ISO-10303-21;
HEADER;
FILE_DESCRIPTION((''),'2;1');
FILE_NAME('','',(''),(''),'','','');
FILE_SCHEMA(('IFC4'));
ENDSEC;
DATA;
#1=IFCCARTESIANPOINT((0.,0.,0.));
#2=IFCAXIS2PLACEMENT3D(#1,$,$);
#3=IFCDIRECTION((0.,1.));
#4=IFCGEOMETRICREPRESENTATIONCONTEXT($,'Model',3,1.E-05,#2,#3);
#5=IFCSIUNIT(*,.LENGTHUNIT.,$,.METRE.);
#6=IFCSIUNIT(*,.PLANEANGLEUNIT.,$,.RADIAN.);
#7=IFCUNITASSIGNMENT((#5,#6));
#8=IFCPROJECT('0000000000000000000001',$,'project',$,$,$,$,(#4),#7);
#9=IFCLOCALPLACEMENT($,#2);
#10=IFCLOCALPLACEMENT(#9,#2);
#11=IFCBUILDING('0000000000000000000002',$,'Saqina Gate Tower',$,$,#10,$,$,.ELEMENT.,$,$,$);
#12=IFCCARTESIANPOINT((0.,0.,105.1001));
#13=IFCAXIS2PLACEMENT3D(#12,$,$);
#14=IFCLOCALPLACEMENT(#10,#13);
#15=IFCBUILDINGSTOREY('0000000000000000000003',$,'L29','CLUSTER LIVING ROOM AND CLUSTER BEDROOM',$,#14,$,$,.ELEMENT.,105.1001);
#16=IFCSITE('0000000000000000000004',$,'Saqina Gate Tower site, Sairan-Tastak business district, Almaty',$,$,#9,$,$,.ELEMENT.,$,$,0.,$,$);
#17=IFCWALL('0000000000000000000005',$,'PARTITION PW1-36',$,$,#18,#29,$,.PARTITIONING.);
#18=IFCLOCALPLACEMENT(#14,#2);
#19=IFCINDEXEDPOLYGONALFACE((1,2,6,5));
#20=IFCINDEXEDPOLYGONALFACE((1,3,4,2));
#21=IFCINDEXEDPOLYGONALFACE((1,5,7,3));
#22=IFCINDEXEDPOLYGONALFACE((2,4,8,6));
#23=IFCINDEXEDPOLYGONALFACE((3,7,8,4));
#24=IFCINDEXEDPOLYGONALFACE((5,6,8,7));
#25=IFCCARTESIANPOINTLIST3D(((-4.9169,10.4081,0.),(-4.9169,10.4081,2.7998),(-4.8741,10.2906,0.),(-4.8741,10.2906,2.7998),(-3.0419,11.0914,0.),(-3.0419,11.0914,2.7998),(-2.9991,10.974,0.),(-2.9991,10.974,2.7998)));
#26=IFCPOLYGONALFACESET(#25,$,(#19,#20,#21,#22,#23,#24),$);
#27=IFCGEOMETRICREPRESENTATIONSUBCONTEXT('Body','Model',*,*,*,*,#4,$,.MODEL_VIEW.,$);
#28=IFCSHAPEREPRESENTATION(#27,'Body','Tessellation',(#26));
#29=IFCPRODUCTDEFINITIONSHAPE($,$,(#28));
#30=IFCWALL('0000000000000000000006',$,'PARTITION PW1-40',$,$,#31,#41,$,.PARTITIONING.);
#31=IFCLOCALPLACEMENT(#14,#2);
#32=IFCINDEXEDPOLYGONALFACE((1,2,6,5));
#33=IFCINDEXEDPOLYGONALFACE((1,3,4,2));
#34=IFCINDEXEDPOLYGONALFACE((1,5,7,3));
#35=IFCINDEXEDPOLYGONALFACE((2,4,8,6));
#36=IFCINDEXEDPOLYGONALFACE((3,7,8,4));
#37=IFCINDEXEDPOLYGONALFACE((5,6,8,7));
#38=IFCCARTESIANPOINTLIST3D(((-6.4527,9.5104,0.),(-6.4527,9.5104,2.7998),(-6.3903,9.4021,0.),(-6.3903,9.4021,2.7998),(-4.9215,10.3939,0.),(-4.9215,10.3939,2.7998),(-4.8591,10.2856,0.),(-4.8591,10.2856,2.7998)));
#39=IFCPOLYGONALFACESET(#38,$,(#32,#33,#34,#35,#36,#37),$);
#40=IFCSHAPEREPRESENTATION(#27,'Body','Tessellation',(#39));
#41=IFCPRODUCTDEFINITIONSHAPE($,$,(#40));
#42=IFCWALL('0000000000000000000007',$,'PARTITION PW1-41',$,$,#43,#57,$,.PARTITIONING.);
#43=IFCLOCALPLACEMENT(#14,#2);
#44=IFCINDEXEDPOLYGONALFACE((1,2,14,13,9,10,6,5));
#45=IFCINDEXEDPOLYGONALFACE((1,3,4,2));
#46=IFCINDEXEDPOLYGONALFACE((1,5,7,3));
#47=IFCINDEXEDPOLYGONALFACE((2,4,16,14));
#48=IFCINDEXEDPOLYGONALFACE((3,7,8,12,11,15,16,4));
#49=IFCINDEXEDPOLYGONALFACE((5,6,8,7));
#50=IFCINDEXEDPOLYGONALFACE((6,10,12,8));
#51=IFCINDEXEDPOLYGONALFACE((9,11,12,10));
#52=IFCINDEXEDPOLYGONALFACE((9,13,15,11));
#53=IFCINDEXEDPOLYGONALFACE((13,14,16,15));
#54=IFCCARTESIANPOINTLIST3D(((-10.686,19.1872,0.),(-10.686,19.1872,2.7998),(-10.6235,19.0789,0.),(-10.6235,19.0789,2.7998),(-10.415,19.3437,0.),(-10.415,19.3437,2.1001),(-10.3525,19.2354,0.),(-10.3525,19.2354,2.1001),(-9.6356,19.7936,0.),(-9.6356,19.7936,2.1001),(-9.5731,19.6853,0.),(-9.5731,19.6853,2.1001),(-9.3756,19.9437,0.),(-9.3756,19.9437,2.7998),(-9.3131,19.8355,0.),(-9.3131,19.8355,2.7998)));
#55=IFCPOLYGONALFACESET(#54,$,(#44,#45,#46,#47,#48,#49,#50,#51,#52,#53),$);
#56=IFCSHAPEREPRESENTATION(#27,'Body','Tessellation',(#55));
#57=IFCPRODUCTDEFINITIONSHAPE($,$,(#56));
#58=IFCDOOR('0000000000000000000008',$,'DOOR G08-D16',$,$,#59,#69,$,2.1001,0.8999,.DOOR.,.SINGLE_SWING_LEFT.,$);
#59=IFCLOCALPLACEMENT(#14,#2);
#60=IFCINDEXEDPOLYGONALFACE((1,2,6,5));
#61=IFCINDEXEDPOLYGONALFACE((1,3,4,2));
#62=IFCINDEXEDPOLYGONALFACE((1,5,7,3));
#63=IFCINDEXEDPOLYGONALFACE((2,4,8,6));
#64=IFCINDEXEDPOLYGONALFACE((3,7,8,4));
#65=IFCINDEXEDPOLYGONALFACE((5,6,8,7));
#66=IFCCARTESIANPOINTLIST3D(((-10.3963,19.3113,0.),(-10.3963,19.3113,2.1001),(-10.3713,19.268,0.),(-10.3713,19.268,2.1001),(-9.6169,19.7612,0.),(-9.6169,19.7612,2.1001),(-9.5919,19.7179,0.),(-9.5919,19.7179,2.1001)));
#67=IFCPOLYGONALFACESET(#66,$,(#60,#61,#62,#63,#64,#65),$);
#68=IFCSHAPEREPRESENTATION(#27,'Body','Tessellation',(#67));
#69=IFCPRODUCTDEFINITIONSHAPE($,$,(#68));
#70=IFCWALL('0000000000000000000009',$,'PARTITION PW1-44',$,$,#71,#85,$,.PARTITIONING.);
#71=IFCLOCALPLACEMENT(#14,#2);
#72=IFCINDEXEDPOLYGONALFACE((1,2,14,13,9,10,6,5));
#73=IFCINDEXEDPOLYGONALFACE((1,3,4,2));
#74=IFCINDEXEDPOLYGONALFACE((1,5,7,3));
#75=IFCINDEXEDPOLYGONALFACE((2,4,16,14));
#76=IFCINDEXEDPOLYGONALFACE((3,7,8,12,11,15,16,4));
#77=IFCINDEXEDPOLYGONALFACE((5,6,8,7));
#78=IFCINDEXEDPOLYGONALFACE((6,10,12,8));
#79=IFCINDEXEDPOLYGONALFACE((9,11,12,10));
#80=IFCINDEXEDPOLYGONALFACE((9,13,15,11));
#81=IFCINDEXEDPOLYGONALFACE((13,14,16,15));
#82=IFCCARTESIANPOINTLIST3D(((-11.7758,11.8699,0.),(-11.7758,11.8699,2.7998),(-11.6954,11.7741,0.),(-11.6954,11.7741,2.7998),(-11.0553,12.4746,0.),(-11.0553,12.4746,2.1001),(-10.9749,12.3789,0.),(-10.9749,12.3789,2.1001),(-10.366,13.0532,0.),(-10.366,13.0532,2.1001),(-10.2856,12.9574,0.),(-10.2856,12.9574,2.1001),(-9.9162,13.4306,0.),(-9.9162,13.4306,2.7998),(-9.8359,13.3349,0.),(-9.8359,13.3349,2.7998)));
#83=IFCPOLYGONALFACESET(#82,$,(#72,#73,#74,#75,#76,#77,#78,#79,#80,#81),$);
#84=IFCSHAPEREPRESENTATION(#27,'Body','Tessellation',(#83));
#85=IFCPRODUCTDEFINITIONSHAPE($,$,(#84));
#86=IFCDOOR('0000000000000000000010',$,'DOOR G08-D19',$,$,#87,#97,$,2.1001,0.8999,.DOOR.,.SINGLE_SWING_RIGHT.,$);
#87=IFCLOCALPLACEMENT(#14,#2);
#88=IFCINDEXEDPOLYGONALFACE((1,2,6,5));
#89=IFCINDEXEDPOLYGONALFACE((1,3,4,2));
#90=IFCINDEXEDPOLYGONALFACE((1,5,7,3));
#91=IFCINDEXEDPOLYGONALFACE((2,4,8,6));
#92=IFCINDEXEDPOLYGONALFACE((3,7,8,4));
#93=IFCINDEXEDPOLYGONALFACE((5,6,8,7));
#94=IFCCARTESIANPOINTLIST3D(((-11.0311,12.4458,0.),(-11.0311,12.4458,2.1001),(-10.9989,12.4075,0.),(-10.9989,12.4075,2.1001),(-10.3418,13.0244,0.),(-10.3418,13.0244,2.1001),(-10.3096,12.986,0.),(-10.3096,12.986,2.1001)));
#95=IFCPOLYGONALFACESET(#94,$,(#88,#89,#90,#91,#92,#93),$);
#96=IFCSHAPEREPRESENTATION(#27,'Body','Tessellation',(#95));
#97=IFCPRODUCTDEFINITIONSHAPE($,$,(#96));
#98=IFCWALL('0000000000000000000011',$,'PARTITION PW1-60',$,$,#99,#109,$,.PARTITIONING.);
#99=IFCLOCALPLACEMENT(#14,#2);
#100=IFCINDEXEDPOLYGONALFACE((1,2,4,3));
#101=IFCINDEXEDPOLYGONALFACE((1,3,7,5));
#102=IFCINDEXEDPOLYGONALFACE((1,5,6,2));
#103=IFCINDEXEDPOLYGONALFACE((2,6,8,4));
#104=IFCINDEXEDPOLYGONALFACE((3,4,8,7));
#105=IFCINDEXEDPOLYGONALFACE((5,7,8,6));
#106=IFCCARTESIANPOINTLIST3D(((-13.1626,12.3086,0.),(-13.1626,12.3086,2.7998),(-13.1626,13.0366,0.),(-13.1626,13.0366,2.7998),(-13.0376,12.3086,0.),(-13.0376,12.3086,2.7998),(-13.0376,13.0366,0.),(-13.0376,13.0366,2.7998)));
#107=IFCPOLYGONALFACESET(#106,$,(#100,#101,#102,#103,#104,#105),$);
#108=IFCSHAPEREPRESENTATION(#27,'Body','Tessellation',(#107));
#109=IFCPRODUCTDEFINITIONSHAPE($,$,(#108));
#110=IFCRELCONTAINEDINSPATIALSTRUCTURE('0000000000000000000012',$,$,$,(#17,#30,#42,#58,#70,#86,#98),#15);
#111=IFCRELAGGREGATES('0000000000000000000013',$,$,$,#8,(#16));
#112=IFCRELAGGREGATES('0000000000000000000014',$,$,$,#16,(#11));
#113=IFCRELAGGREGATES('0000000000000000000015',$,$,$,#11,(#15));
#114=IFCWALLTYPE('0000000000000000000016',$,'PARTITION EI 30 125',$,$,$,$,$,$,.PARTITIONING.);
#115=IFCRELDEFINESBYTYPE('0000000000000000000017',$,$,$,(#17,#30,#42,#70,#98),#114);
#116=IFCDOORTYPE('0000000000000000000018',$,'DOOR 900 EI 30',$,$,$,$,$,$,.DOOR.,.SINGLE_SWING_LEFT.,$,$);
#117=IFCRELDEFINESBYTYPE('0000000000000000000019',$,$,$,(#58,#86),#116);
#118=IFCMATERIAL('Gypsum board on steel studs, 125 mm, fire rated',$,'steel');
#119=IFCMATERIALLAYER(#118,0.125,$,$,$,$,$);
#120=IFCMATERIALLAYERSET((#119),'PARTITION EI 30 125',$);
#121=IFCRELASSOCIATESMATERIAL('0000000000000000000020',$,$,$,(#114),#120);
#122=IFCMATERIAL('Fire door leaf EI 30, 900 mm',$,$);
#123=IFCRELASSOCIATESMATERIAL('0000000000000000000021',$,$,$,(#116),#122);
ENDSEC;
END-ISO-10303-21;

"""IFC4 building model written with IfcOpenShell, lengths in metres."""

from ifc_helpers import new_model, si_unit, direction, frame, frame_2d, origin, place, context, subcontext, project, spatial, rectangle, extrude, material, layer, layer_set, type_object, element, fill, save


model = new_model("IFC4")

# Units and contexts
model_context = context("Model", 3, precision=1e-05, world=origin(), true_north=direction((0.0, 1.0)))
body_context = subcontext(model_context, "Body", "Model", "MODEL_VIEW")
ifc_project = project(units=[si_unit("LENGTHUNIT", "METRE"), si_unit("PLANEANGLEUNIT", "RADIAN")], contexts=[model_context])

# Site, building, storey
site_placement = place(None, origin())
site = spatial("IfcSite", under=ifc_project, at=site_placement, Name="Saqina Gate Tower site, Sairan-Tastak business district, Almaty", CompositionType="ELEMENT", RefElevation=0.0)
building_placement = place(site_placement, origin())
building = spatial("IfcBuilding", under=site, at=building_placement, Name="Saqina Gate Tower", CompositionType="ELEMENT")
storey_placement = place(building_placement, frame((0.0, 0.0, 105.1001)))
storey = spatial("IfcBuildingStorey", under=building, at=storey_placement, Name="L29", Description="CLUSTER LIVING ROOM AND CLUSTER BEDROOM", CompositionType="ELEMENT", Elevation=105.1001)

# Shared definitions
ifc_material_1 = material(Name="Gypsum board on steel studs, 125 mm, fire rated", Category="steel")
ifc_layer_1 = layer(ifc_material_1, 0.125)
ifc_layer_set_1 = layer_set([ifc_layer_1], Name="PARTITION EI 30 125")
wall_type_1 = type_object("IfcWallType", Name="PARTITION EI 30 125", PredefinedType="PARTITIONING", material=ifc_layer_set_1)

# Walls
wall_1_placement = place(storey_placement, frame((-4.8955, 10.3494, 0.0), z_axis=(0.0, 0.0, 1.0), x_axis=(0.939547, 0.342421, 0.0)))
element("IfcWall", 1, at=wall_1_placement, inside=storey, type_object=wall_type_1, Name="PARTITION PW1-36", PredefinedType="PARTITIONING", context=body_context, shape_type="SweptSolid", body=[
    extrude(rectangle(XDim=1.9956, YDim=0.125, at=frame_2d((0.9978, 0.0))), origin(), (0.0, 0.0, 1.0), 2.7998),
])
wall_2_placement = place(storey_placement, frame((-6.4214, 9.4563, 0.0), z_axis=(0.0, 0.0, 1.0), x_axis=(0.866153, 0.499778, 0.0)))
element("IfcWall", 2, at=wall_2_placement, inside=storey, type_object=wall_type_1, Name="PARTITION PW1-40", PredefinedType="PARTITIONING", context=body_context, shape_type="SweptSolid", body=[
    extrude(rectangle(XDim=1.7678, YDim=0.125, at=frame_2d((0.8838, 0.0))), origin(), (0.0, 0.0, 1.0), 2.7998),
])

# Walls, openings, doors
wall_3_placement = place(storey_placement, frame((-10.6548, 19.1331, 0.0), z_axis=(0.0, 0.0, 1.0), x_axis=(0.866041, 0.499974, 0.0)))
wall_3 = element("IfcWall", 3, at=wall_3_placement, inside=storey, type_object=wall_type_1, Name="PARTITION PW1-41", PredefinedType="PARTITIONING", context=body_context, shape_type="SweptSolid", body=[
    extrude(rectangle(XDim=1.5132, YDim=0.125, at=frame_2d((0.7566, 0.0))), origin(), (0.0, 0.0, 1.0), 2.7998),
])
opening_1_placement = place(wall_3_placement, frame((0.313, 0.0, 0.0)))
opening_1 = element("IfcOpeningElement", 4, at=opening_1_placement, cuts=wall_3, PredefinedType="OPENING", context=body_context, shape_type="SweptSolid", body=[
    extrude(rectangle(XDim=0.8999, YDim=2.1001, at=frame_2d((0.45, 1.05))), frame((0.0, 0.0745, 0.0), z_axis=(0.0, -1.0, 0.0), x_axis=(1.0, 0.0, 0.0)), (0.0, 0.0, 1.0), 0.1489),
])
ifc_material_2 = material(Name="Fire door leaf EI 30, 900 mm")
door_type_1 = type_object("IfcDoorType", Name="DOOR 900 EI 30", OperationType="SINGLE_SWING_LEFT", PredefinedType="DOOR", material=ifc_material_2)
door_1_placement = place(opening_1_placement, frame((0.8999, 0.0, 0.0), z_axis=(0.0, 0.0, 1.0), x_axis=(-1.0, 0.0, 0.0)))
door_1 = element("IfcDoor", 5, at=door_1_placement, inside=storey, type_object=door_type_1, Name="DOOR G08-D16", OperationType="SINGLE_SWING_LEFT", OverallHeight=2.1001, OverallWidth=0.8999, PredefinedType="DOOR", context=body_context, shape_type="SweptSolid", body=[
    extrude(rectangle(XDim=0.8999, YDim=2.1001, at=frame_2d((0.45, 1.05))), frame((0.0, 0.0249, 0.0), z_axis=(0.0, -1.0, 0.0), x_axis=(1.0, 0.0, 0.0)), (0.0, 0.0, 1.0), 0.05),
])
fill(opening_1, door_1)
wall_4_placement = place(storey_placement, frame((-11.7356, 11.822, 0.0), z_axis=(0.0, 0.0, 1.0), x_axis=(0.765966, 0.642881, 0.0)))
wall_4 = element("IfcWall", 6, at=wall_4_placement, inside=storey, type_object=wall_type_1, Name="PARTITION PW1-44", PredefinedType="PARTITIONING", context=body_context, shape_type="SweptSolid", body=[
    extrude(rectangle(XDim=2.4277, YDim=0.125, at=frame_2d((1.2139, 0.0))), origin(), (0.0, 0.0, 1.0), 2.7998),
])
opening_2_placement = place(wall_4_placement, frame((0.9407, 0.0, 0.0)))
opening_2 = element("IfcOpeningElement", 7, at=opening_2_placement, cuts=wall_4, PredefinedType="OPENING", context=body_context, shape_type="SweptSolid", body=[
    extrude(rectangle(XDim=0.8999, YDim=2.1001, at=frame_2d((0.45, 1.05))), frame((0.0, 0.0745, 0.0), z_axis=(0.0, -1.0, 0.0), x_axis=(1.0, 0.0, 0.0)), (0.0, 0.0, 1.0), 0.1489),
])
door_2_placement = place(opening_2_placement, origin())
door_2 = element("IfcDoor", 8, at=door_2_placement, inside=storey, type_object=door_type_1, Name="DOOR G08-D19", OperationType="SINGLE_SWING_RIGHT", OverallHeight=2.1001, OverallWidth=0.8999, PredefinedType="DOOR", context=body_context, shape_type="SweptSolid", body=[
    extrude(rectangle(XDim=0.8999, YDim=2.1001, at=frame_2d((0.45, 1.05))), frame((0.0, 0.0249, 0.0), z_axis=(0.0, -1.0, 0.0), x_axis=(1.0, 0.0, 0.0)), (0.0, 0.0, 1.0), 0.05),
])
fill(opening_2, door_2)

# Wall
wall_5_placement = place(storey_placement, frame((-13.1001, 12.3086, 0.0), z_axis=(0.0, 0.0, 1.0), x_axis=(0.0, 1.0, 0.0)))
element("IfcWall", 9, at=wall_5_placement, inside=storey, type_object=wall_type_1, Name="PARTITION PW1-60", PredefinedType="PARTITIONING", context=body_context, shape_type="SweptSolid", body=[
    extrude(rectangle(XDim=0.728, YDim=0.125, at=frame_2d((0.364, 0.0))), origin(), (0.0, 0.0, 1.0), 2.7998),
])

save(model, "model.ifc")
